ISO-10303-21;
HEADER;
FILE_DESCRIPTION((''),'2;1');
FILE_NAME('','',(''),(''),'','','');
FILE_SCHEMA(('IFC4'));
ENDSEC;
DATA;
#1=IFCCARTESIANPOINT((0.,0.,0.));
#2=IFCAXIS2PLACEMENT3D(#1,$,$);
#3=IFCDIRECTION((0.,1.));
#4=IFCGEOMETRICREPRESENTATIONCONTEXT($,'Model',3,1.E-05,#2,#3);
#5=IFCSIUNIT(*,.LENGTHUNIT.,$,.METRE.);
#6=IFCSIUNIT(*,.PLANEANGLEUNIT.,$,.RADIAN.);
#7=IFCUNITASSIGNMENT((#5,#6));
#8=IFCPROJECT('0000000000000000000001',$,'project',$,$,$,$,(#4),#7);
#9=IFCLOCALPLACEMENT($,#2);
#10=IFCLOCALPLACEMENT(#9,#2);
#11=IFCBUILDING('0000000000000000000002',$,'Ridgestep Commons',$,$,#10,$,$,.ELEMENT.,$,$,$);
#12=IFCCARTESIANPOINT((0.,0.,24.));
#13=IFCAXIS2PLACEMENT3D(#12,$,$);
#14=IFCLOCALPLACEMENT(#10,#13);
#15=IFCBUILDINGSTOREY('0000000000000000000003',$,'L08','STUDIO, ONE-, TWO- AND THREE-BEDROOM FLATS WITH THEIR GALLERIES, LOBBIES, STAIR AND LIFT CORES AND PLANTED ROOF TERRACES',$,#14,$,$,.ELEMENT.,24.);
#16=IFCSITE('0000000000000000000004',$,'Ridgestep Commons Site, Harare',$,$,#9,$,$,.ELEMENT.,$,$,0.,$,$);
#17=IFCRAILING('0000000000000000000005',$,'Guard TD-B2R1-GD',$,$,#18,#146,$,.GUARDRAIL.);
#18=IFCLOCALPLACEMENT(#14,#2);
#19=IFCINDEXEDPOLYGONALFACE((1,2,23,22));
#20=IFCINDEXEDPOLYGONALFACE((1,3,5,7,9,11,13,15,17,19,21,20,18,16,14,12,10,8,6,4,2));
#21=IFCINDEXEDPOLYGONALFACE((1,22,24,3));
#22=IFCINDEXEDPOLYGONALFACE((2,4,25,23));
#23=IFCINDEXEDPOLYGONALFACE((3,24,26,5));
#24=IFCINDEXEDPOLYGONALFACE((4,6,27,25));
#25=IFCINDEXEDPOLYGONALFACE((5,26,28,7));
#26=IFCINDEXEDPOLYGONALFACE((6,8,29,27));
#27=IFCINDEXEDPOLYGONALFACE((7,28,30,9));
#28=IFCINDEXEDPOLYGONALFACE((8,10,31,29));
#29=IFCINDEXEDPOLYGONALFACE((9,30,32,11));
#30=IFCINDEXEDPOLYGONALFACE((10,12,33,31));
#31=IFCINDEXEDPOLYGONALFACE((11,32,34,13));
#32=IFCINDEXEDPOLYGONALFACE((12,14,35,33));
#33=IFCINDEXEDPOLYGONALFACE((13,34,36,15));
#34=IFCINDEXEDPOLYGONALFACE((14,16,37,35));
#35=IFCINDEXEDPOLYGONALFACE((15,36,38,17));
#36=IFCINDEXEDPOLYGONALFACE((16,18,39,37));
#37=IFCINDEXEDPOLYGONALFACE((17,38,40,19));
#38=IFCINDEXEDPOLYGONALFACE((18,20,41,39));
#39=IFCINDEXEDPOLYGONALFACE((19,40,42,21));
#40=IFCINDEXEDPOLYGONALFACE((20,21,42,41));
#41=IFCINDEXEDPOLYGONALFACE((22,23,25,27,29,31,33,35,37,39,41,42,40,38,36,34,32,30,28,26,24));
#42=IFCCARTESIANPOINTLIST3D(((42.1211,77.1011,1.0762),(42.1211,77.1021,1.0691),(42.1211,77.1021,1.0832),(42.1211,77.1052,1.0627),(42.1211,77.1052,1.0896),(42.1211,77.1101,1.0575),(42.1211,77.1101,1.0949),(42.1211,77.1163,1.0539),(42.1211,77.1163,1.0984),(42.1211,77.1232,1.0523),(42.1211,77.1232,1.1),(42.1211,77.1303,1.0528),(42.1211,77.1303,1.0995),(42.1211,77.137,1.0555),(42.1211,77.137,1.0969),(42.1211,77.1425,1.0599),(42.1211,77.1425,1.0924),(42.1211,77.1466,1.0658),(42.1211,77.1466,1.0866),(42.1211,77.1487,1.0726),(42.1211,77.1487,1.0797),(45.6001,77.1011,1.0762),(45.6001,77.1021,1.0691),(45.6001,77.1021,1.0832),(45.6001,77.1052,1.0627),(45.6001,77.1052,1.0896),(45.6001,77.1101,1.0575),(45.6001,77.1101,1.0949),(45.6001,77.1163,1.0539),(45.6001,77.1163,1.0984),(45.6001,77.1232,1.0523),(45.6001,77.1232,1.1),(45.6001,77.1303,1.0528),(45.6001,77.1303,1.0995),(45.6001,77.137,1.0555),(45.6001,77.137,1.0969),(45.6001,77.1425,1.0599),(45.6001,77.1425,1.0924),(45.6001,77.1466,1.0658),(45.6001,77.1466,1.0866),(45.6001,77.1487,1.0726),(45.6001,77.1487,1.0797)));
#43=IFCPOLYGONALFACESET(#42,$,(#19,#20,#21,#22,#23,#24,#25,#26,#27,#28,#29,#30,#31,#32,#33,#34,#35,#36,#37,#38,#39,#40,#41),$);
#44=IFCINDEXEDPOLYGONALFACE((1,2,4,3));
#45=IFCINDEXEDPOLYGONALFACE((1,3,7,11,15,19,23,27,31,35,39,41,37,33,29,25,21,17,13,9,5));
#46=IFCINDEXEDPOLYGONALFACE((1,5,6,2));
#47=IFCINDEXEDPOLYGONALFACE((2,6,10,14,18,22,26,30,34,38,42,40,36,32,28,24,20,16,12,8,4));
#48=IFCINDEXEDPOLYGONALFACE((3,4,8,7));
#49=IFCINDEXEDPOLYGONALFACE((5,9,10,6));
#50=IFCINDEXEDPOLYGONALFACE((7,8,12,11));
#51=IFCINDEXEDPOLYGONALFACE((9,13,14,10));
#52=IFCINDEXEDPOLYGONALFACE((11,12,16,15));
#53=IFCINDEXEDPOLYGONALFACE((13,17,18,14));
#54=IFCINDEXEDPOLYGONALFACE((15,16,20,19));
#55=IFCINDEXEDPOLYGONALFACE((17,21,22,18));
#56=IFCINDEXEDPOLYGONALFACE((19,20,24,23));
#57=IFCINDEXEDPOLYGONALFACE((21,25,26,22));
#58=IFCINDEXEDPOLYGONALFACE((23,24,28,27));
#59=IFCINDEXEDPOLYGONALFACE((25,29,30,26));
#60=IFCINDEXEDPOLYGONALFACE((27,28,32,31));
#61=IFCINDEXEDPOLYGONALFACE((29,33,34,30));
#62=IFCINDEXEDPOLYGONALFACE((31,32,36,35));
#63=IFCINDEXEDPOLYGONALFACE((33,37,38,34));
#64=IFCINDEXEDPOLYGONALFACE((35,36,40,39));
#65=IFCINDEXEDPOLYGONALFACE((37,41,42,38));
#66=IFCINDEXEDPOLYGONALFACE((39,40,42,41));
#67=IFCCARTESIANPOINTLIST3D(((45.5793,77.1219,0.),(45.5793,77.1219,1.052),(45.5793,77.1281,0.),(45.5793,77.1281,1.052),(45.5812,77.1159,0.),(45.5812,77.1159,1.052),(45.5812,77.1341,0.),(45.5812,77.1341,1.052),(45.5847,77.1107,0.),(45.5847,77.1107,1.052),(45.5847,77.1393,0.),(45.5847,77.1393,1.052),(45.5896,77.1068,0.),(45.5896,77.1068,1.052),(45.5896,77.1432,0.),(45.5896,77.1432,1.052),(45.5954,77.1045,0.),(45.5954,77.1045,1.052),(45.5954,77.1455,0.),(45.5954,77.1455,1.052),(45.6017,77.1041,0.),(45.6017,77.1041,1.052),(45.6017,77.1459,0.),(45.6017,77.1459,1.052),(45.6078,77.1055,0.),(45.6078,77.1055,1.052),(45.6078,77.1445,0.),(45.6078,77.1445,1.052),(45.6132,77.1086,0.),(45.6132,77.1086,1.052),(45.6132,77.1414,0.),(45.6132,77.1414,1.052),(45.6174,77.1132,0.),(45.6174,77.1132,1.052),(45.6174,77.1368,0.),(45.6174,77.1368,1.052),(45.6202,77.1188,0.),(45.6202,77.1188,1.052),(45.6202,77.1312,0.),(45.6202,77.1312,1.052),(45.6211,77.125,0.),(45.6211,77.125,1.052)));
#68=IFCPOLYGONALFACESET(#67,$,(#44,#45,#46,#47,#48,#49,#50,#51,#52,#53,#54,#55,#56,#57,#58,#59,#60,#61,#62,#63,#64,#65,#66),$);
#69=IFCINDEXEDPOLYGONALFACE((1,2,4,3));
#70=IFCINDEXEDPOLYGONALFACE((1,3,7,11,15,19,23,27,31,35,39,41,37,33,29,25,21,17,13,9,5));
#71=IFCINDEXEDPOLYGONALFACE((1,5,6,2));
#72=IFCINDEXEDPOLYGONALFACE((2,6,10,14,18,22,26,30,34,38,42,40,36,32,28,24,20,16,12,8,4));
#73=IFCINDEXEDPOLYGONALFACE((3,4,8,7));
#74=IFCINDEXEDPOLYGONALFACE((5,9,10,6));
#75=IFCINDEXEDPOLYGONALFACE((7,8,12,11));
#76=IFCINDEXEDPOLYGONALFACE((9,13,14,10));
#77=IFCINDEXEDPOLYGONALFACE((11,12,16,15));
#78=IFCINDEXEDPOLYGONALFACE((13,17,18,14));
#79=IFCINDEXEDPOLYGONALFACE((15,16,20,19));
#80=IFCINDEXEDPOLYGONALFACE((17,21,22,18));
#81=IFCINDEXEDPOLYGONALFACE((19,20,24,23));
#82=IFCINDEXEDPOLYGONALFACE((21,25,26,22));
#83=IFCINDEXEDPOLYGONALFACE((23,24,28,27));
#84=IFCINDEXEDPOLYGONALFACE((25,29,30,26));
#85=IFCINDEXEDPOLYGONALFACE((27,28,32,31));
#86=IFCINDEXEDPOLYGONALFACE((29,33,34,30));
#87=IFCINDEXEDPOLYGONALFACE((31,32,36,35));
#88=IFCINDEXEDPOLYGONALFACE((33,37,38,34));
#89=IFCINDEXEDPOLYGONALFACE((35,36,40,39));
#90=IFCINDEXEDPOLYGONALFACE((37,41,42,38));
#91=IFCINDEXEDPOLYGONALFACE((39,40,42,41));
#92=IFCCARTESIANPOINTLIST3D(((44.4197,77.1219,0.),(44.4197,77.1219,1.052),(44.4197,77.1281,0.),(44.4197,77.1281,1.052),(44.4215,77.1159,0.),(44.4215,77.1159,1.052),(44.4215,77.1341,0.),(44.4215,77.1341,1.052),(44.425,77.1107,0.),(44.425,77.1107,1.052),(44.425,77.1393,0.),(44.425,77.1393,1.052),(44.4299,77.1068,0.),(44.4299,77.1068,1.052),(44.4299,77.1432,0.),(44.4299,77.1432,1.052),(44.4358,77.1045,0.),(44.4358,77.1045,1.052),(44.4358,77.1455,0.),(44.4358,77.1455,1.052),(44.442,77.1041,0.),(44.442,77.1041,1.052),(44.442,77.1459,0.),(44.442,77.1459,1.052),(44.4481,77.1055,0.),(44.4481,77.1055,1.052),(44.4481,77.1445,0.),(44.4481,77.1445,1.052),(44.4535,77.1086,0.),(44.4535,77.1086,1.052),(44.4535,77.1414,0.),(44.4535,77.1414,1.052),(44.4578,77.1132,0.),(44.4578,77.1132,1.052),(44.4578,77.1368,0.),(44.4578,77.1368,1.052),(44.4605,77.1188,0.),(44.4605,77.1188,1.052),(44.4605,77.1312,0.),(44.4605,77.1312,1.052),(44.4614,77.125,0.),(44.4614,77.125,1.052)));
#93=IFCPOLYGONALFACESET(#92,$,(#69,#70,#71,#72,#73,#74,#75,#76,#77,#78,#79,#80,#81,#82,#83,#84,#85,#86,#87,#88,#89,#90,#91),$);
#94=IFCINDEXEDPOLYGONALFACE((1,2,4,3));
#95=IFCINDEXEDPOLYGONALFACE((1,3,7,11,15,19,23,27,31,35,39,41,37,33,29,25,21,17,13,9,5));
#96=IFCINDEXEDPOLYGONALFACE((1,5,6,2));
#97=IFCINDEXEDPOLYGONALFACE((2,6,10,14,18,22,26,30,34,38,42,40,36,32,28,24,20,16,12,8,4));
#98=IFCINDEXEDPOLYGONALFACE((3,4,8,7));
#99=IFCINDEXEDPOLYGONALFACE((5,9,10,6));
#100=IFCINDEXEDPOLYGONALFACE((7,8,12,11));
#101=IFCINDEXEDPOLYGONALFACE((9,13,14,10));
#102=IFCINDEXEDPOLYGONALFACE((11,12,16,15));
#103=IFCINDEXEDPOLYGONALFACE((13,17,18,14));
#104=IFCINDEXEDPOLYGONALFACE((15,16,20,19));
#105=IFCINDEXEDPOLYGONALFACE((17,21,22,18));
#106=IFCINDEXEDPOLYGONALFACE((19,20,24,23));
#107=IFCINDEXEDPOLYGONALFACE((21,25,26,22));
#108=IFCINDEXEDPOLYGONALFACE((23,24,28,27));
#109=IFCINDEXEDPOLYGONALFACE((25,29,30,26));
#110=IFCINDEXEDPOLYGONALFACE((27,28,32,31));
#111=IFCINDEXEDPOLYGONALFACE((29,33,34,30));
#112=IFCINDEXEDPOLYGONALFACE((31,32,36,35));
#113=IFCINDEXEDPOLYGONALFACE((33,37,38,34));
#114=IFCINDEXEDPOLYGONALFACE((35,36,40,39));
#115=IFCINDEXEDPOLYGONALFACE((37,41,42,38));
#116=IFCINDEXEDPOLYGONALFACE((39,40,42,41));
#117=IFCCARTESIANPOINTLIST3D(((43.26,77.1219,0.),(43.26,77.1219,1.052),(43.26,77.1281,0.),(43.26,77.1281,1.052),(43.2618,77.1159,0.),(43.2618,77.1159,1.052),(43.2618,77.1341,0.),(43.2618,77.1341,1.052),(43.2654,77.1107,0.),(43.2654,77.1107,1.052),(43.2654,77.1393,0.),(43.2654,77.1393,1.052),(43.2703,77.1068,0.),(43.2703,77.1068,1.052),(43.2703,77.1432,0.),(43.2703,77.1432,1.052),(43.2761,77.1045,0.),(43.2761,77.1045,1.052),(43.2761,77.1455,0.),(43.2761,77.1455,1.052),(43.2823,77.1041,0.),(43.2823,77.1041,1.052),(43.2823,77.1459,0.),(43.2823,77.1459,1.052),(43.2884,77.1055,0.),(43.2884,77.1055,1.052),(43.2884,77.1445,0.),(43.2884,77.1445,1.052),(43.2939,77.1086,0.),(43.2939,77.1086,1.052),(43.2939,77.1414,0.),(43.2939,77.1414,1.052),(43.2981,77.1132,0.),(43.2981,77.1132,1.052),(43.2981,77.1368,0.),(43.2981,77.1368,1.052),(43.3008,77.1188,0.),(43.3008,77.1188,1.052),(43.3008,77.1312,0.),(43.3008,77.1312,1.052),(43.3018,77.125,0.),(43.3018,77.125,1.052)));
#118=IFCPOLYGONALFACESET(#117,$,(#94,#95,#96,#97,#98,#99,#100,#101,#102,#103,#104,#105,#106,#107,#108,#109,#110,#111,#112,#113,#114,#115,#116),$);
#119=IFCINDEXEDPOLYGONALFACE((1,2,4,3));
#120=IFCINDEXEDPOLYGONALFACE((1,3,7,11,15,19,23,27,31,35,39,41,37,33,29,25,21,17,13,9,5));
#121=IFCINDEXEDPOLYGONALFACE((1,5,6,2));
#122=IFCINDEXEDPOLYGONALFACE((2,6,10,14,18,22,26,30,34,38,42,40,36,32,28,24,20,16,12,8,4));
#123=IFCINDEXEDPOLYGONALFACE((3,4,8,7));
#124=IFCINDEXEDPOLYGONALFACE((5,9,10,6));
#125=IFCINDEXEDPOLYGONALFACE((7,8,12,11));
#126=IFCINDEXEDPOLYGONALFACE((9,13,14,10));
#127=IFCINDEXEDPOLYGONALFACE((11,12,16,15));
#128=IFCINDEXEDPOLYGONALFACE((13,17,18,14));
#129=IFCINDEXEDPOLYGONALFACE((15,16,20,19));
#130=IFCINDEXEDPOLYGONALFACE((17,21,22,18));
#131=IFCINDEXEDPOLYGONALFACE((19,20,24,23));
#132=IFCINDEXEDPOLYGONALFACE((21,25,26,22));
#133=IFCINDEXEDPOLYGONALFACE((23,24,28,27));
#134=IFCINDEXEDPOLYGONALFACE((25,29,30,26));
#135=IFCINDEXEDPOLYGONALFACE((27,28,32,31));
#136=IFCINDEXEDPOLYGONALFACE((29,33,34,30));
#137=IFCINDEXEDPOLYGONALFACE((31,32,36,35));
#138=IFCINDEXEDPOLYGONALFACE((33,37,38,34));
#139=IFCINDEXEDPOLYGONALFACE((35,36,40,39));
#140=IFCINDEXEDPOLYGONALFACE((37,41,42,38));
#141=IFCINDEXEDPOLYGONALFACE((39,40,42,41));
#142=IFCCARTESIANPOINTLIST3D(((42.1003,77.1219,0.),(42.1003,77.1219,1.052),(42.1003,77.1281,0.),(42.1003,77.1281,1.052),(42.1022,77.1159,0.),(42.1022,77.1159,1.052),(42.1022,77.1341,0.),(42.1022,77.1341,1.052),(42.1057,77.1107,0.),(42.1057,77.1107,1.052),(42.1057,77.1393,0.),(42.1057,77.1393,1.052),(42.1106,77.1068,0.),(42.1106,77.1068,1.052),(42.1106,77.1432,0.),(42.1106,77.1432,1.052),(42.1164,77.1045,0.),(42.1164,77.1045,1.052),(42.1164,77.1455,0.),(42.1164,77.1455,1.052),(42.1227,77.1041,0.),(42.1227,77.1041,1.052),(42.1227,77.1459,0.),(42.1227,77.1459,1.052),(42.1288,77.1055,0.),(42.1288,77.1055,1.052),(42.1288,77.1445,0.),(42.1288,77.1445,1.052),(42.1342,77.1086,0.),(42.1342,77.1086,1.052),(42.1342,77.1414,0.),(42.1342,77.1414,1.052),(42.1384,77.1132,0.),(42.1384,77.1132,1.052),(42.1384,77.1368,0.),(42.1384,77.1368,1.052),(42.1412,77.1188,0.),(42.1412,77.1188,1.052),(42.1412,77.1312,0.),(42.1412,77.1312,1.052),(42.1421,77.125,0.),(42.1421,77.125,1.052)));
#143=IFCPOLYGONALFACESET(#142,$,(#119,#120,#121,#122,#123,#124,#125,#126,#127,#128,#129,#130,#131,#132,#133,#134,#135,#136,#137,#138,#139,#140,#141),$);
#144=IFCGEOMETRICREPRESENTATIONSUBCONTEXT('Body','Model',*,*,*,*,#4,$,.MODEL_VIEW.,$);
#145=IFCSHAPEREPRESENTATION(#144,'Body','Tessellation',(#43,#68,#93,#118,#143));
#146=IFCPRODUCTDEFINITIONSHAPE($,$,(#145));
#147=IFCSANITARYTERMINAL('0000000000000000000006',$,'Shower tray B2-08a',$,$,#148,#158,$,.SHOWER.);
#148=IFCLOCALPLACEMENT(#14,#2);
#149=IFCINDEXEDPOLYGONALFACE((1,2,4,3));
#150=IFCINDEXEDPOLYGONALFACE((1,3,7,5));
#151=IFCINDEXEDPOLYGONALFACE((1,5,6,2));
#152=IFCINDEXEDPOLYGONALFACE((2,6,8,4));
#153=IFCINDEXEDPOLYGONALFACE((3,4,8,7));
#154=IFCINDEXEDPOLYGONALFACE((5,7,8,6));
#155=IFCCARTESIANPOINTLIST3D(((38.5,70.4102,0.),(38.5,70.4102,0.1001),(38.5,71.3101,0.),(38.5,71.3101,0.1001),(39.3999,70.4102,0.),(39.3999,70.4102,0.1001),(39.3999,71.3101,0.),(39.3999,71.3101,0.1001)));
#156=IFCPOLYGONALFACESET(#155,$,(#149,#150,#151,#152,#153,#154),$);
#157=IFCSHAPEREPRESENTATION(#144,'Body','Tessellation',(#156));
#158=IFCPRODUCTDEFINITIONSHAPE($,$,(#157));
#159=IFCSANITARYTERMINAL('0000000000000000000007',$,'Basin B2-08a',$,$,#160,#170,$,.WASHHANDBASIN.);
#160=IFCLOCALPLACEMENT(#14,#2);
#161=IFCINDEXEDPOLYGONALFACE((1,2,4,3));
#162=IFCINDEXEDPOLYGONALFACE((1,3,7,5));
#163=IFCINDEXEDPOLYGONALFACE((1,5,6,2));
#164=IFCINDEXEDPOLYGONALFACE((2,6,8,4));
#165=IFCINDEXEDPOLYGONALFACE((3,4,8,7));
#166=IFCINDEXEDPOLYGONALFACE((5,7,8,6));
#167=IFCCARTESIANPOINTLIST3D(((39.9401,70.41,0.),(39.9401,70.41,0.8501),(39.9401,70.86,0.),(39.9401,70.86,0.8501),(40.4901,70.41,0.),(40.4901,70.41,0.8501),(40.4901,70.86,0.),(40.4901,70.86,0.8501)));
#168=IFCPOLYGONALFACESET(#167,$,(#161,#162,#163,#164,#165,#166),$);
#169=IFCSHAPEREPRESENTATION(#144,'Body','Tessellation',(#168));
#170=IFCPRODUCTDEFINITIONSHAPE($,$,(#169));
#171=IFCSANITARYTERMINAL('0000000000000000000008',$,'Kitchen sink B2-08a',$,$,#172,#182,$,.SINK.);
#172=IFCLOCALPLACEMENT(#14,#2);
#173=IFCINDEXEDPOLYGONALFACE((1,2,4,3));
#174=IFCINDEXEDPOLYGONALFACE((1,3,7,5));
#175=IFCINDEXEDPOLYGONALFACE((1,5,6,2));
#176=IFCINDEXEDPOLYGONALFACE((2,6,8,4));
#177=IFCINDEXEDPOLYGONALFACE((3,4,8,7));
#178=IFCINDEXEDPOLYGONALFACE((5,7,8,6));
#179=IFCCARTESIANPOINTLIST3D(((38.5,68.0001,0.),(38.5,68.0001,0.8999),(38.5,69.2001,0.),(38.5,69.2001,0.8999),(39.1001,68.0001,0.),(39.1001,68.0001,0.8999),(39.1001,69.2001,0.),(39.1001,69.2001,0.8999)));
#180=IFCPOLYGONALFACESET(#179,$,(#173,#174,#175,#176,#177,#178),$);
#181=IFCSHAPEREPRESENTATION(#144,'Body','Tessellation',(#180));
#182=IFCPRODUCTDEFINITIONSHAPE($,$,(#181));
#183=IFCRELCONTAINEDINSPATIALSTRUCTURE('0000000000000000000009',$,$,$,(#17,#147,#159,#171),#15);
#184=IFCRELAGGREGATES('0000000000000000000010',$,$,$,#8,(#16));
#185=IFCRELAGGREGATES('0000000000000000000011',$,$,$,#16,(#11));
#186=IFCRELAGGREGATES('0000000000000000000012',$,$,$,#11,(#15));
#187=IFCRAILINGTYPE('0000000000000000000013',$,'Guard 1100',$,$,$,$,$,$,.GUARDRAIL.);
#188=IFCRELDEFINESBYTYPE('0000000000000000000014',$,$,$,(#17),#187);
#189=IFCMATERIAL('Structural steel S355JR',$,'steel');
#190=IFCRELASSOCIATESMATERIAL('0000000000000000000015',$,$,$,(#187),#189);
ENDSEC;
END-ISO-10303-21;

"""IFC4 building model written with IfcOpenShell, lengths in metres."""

from ifc_helpers import new_model, si_unit, direction, frame, origin, origin_2d, place, context, subcontext, project, spatial, rectangle, circle, extrude, material, type_object, element, save


model = new_model("IFC4")

# Units and contexts
model_context = context("Model", 3, precision=1e-05, world=origin(), true_north=direction((0.0, 1.0)))
body_context = subcontext(model_context, "Body", "Model", "MODEL_VIEW")
ifc_project = project(units=[si_unit("LENGTHUNIT", "METRE"), si_unit("PLANEANGLEUNIT", "RADIAN")], contexts=[model_context])

# Site, building, storey
site_placement = place(None, origin())
site = spatial("IfcSite", under=ifc_project, at=site_placement, Name="Ridgestep Commons Site, Harare", CompositionType="ELEMENT", RefElevation=0.0)
building_placement = place(site_placement, origin())
building = spatial("IfcBuilding", under=site, at=building_placement, Name="Ridgestep Commons", CompositionType="ELEMENT")
storey_placement = place(building_placement, frame((0.0, 0.0, 24.0)))
storey = spatial("IfcBuildingStorey", under=building, at=storey_placement, Name="L08", Description="STUDIO, ONE-, TWO- AND THREE-BEDROOM FLATS WITH THEIR GALLERIES, LOBBIES, STAIR AND LIFT CORES AND PLANTED ROOF TERRACES", CompositionType="ELEMENT", Elevation=24.0)

# Railing
ifc_material_1 = material(Name="Structural steel S355JR", Category="steel")
railing_type = type_object("IfcRailingType", Name="Guard 1100", PredefinedType="GUARDRAIL", material=ifc_material_1)
railing_placement = place(storey_placement, frame((45.6001, 77.125, 0.0)))
element("IfcRailing", 1, at=railing_placement, inside=storey, type_object=railing_type, Name="Guard TD-B2R1-GD", PredefinedType="GUARDRAIL", context=body_context, shape_type="SweptSolid", body=[
    extrude(circle(Radius=0.0239, at=origin_2d()), frame((0.0, 0.0, 1.0762), z_axis=(-1.0, 0.0, 0.0), x_axis=(0.0, -1.0, 0.0)), (0.0, 0.0, 1.0), 3.479),
    extrude(circle(Radius=0.021, at=origin_2d()), origin(), (0.0, 0.0, 1.0), 1.052),
    extrude(circle(Radius=0.021, at=origin_2d()), frame((-1.1597, 0.0, 0.0)), (0.0, 0.0, 1.0), 1.052),
    extrude(circle(Radius=0.021, at=origin_2d()), frame((-2.3193, 0.0, 0.0)), (0.0, 0.0, 1.0), 1.052),
    extrude(circle(Radius=0.021, at=origin_2d()), frame((-3.479, 0.0, 0.0)), (0.0, 0.0, 1.0), 1.052),
])

# Sanitary terminals
sanitary_terminal_1_placement = place(storey_placement, frame((38.95, 70.8601, 0.0), z_axis=(0.0, 0.0, 1.0), x_axis=(1.0, 0.0, 0.0)))
element("IfcSanitaryTerminal", 2, at=sanitary_terminal_1_placement, inside=storey, Name="Shower tray B2-08a", PredefinedType="SHOWER", context=body_context, shape_type="SweptSolid", body=[
    extrude(rectangle(XDim=0.8999, YDim=0.8999, at=origin_2d()), origin(), (0.0, 0.0, 1.0), 0.1001),
])
sanitary_terminal_2_placement = place(storey_placement, frame((40.2151, 70.635, 0.0), z_axis=(0.0, 0.0, 1.0), x_axis=(1.0, 0.0, 0.0)))
element("IfcSanitaryTerminal", 3, at=sanitary_terminal_2_placement, inside=storey, Name="Basin B2-08a", PredefinedType="WASHHANDBASIN", context=body_context, shape_type="SweptSolid", body=[
    extrude(rectangle(XDim=0.55, YDim=0.45, at=origin_2d()), origin(), (0.0, 0.0, 1.0), 0.8501),
])
sanitary_terminal_3_placement = place(storey_placement, frame((38.8, 68.6001, 0.0), z_axis=(0.0, 0.0, 1.0), x_axis=(1.0, 0.0, 0.0)))
element("IfcSanitaryTerminal", 4, at=sanitary_terminal_3_placement, inside=storey, Name="Kitchen sink B2-08a", PredefinedType="SINK", context=body_context, shape_type="SweptSolid", body=[
    extrude(rectangle(XDim=0.6001, YDim=1.2, at=origin_2d()), origin(), (0.0, 0.0, 1.0), 0.8999),
])

save(model, "model.ifc")
